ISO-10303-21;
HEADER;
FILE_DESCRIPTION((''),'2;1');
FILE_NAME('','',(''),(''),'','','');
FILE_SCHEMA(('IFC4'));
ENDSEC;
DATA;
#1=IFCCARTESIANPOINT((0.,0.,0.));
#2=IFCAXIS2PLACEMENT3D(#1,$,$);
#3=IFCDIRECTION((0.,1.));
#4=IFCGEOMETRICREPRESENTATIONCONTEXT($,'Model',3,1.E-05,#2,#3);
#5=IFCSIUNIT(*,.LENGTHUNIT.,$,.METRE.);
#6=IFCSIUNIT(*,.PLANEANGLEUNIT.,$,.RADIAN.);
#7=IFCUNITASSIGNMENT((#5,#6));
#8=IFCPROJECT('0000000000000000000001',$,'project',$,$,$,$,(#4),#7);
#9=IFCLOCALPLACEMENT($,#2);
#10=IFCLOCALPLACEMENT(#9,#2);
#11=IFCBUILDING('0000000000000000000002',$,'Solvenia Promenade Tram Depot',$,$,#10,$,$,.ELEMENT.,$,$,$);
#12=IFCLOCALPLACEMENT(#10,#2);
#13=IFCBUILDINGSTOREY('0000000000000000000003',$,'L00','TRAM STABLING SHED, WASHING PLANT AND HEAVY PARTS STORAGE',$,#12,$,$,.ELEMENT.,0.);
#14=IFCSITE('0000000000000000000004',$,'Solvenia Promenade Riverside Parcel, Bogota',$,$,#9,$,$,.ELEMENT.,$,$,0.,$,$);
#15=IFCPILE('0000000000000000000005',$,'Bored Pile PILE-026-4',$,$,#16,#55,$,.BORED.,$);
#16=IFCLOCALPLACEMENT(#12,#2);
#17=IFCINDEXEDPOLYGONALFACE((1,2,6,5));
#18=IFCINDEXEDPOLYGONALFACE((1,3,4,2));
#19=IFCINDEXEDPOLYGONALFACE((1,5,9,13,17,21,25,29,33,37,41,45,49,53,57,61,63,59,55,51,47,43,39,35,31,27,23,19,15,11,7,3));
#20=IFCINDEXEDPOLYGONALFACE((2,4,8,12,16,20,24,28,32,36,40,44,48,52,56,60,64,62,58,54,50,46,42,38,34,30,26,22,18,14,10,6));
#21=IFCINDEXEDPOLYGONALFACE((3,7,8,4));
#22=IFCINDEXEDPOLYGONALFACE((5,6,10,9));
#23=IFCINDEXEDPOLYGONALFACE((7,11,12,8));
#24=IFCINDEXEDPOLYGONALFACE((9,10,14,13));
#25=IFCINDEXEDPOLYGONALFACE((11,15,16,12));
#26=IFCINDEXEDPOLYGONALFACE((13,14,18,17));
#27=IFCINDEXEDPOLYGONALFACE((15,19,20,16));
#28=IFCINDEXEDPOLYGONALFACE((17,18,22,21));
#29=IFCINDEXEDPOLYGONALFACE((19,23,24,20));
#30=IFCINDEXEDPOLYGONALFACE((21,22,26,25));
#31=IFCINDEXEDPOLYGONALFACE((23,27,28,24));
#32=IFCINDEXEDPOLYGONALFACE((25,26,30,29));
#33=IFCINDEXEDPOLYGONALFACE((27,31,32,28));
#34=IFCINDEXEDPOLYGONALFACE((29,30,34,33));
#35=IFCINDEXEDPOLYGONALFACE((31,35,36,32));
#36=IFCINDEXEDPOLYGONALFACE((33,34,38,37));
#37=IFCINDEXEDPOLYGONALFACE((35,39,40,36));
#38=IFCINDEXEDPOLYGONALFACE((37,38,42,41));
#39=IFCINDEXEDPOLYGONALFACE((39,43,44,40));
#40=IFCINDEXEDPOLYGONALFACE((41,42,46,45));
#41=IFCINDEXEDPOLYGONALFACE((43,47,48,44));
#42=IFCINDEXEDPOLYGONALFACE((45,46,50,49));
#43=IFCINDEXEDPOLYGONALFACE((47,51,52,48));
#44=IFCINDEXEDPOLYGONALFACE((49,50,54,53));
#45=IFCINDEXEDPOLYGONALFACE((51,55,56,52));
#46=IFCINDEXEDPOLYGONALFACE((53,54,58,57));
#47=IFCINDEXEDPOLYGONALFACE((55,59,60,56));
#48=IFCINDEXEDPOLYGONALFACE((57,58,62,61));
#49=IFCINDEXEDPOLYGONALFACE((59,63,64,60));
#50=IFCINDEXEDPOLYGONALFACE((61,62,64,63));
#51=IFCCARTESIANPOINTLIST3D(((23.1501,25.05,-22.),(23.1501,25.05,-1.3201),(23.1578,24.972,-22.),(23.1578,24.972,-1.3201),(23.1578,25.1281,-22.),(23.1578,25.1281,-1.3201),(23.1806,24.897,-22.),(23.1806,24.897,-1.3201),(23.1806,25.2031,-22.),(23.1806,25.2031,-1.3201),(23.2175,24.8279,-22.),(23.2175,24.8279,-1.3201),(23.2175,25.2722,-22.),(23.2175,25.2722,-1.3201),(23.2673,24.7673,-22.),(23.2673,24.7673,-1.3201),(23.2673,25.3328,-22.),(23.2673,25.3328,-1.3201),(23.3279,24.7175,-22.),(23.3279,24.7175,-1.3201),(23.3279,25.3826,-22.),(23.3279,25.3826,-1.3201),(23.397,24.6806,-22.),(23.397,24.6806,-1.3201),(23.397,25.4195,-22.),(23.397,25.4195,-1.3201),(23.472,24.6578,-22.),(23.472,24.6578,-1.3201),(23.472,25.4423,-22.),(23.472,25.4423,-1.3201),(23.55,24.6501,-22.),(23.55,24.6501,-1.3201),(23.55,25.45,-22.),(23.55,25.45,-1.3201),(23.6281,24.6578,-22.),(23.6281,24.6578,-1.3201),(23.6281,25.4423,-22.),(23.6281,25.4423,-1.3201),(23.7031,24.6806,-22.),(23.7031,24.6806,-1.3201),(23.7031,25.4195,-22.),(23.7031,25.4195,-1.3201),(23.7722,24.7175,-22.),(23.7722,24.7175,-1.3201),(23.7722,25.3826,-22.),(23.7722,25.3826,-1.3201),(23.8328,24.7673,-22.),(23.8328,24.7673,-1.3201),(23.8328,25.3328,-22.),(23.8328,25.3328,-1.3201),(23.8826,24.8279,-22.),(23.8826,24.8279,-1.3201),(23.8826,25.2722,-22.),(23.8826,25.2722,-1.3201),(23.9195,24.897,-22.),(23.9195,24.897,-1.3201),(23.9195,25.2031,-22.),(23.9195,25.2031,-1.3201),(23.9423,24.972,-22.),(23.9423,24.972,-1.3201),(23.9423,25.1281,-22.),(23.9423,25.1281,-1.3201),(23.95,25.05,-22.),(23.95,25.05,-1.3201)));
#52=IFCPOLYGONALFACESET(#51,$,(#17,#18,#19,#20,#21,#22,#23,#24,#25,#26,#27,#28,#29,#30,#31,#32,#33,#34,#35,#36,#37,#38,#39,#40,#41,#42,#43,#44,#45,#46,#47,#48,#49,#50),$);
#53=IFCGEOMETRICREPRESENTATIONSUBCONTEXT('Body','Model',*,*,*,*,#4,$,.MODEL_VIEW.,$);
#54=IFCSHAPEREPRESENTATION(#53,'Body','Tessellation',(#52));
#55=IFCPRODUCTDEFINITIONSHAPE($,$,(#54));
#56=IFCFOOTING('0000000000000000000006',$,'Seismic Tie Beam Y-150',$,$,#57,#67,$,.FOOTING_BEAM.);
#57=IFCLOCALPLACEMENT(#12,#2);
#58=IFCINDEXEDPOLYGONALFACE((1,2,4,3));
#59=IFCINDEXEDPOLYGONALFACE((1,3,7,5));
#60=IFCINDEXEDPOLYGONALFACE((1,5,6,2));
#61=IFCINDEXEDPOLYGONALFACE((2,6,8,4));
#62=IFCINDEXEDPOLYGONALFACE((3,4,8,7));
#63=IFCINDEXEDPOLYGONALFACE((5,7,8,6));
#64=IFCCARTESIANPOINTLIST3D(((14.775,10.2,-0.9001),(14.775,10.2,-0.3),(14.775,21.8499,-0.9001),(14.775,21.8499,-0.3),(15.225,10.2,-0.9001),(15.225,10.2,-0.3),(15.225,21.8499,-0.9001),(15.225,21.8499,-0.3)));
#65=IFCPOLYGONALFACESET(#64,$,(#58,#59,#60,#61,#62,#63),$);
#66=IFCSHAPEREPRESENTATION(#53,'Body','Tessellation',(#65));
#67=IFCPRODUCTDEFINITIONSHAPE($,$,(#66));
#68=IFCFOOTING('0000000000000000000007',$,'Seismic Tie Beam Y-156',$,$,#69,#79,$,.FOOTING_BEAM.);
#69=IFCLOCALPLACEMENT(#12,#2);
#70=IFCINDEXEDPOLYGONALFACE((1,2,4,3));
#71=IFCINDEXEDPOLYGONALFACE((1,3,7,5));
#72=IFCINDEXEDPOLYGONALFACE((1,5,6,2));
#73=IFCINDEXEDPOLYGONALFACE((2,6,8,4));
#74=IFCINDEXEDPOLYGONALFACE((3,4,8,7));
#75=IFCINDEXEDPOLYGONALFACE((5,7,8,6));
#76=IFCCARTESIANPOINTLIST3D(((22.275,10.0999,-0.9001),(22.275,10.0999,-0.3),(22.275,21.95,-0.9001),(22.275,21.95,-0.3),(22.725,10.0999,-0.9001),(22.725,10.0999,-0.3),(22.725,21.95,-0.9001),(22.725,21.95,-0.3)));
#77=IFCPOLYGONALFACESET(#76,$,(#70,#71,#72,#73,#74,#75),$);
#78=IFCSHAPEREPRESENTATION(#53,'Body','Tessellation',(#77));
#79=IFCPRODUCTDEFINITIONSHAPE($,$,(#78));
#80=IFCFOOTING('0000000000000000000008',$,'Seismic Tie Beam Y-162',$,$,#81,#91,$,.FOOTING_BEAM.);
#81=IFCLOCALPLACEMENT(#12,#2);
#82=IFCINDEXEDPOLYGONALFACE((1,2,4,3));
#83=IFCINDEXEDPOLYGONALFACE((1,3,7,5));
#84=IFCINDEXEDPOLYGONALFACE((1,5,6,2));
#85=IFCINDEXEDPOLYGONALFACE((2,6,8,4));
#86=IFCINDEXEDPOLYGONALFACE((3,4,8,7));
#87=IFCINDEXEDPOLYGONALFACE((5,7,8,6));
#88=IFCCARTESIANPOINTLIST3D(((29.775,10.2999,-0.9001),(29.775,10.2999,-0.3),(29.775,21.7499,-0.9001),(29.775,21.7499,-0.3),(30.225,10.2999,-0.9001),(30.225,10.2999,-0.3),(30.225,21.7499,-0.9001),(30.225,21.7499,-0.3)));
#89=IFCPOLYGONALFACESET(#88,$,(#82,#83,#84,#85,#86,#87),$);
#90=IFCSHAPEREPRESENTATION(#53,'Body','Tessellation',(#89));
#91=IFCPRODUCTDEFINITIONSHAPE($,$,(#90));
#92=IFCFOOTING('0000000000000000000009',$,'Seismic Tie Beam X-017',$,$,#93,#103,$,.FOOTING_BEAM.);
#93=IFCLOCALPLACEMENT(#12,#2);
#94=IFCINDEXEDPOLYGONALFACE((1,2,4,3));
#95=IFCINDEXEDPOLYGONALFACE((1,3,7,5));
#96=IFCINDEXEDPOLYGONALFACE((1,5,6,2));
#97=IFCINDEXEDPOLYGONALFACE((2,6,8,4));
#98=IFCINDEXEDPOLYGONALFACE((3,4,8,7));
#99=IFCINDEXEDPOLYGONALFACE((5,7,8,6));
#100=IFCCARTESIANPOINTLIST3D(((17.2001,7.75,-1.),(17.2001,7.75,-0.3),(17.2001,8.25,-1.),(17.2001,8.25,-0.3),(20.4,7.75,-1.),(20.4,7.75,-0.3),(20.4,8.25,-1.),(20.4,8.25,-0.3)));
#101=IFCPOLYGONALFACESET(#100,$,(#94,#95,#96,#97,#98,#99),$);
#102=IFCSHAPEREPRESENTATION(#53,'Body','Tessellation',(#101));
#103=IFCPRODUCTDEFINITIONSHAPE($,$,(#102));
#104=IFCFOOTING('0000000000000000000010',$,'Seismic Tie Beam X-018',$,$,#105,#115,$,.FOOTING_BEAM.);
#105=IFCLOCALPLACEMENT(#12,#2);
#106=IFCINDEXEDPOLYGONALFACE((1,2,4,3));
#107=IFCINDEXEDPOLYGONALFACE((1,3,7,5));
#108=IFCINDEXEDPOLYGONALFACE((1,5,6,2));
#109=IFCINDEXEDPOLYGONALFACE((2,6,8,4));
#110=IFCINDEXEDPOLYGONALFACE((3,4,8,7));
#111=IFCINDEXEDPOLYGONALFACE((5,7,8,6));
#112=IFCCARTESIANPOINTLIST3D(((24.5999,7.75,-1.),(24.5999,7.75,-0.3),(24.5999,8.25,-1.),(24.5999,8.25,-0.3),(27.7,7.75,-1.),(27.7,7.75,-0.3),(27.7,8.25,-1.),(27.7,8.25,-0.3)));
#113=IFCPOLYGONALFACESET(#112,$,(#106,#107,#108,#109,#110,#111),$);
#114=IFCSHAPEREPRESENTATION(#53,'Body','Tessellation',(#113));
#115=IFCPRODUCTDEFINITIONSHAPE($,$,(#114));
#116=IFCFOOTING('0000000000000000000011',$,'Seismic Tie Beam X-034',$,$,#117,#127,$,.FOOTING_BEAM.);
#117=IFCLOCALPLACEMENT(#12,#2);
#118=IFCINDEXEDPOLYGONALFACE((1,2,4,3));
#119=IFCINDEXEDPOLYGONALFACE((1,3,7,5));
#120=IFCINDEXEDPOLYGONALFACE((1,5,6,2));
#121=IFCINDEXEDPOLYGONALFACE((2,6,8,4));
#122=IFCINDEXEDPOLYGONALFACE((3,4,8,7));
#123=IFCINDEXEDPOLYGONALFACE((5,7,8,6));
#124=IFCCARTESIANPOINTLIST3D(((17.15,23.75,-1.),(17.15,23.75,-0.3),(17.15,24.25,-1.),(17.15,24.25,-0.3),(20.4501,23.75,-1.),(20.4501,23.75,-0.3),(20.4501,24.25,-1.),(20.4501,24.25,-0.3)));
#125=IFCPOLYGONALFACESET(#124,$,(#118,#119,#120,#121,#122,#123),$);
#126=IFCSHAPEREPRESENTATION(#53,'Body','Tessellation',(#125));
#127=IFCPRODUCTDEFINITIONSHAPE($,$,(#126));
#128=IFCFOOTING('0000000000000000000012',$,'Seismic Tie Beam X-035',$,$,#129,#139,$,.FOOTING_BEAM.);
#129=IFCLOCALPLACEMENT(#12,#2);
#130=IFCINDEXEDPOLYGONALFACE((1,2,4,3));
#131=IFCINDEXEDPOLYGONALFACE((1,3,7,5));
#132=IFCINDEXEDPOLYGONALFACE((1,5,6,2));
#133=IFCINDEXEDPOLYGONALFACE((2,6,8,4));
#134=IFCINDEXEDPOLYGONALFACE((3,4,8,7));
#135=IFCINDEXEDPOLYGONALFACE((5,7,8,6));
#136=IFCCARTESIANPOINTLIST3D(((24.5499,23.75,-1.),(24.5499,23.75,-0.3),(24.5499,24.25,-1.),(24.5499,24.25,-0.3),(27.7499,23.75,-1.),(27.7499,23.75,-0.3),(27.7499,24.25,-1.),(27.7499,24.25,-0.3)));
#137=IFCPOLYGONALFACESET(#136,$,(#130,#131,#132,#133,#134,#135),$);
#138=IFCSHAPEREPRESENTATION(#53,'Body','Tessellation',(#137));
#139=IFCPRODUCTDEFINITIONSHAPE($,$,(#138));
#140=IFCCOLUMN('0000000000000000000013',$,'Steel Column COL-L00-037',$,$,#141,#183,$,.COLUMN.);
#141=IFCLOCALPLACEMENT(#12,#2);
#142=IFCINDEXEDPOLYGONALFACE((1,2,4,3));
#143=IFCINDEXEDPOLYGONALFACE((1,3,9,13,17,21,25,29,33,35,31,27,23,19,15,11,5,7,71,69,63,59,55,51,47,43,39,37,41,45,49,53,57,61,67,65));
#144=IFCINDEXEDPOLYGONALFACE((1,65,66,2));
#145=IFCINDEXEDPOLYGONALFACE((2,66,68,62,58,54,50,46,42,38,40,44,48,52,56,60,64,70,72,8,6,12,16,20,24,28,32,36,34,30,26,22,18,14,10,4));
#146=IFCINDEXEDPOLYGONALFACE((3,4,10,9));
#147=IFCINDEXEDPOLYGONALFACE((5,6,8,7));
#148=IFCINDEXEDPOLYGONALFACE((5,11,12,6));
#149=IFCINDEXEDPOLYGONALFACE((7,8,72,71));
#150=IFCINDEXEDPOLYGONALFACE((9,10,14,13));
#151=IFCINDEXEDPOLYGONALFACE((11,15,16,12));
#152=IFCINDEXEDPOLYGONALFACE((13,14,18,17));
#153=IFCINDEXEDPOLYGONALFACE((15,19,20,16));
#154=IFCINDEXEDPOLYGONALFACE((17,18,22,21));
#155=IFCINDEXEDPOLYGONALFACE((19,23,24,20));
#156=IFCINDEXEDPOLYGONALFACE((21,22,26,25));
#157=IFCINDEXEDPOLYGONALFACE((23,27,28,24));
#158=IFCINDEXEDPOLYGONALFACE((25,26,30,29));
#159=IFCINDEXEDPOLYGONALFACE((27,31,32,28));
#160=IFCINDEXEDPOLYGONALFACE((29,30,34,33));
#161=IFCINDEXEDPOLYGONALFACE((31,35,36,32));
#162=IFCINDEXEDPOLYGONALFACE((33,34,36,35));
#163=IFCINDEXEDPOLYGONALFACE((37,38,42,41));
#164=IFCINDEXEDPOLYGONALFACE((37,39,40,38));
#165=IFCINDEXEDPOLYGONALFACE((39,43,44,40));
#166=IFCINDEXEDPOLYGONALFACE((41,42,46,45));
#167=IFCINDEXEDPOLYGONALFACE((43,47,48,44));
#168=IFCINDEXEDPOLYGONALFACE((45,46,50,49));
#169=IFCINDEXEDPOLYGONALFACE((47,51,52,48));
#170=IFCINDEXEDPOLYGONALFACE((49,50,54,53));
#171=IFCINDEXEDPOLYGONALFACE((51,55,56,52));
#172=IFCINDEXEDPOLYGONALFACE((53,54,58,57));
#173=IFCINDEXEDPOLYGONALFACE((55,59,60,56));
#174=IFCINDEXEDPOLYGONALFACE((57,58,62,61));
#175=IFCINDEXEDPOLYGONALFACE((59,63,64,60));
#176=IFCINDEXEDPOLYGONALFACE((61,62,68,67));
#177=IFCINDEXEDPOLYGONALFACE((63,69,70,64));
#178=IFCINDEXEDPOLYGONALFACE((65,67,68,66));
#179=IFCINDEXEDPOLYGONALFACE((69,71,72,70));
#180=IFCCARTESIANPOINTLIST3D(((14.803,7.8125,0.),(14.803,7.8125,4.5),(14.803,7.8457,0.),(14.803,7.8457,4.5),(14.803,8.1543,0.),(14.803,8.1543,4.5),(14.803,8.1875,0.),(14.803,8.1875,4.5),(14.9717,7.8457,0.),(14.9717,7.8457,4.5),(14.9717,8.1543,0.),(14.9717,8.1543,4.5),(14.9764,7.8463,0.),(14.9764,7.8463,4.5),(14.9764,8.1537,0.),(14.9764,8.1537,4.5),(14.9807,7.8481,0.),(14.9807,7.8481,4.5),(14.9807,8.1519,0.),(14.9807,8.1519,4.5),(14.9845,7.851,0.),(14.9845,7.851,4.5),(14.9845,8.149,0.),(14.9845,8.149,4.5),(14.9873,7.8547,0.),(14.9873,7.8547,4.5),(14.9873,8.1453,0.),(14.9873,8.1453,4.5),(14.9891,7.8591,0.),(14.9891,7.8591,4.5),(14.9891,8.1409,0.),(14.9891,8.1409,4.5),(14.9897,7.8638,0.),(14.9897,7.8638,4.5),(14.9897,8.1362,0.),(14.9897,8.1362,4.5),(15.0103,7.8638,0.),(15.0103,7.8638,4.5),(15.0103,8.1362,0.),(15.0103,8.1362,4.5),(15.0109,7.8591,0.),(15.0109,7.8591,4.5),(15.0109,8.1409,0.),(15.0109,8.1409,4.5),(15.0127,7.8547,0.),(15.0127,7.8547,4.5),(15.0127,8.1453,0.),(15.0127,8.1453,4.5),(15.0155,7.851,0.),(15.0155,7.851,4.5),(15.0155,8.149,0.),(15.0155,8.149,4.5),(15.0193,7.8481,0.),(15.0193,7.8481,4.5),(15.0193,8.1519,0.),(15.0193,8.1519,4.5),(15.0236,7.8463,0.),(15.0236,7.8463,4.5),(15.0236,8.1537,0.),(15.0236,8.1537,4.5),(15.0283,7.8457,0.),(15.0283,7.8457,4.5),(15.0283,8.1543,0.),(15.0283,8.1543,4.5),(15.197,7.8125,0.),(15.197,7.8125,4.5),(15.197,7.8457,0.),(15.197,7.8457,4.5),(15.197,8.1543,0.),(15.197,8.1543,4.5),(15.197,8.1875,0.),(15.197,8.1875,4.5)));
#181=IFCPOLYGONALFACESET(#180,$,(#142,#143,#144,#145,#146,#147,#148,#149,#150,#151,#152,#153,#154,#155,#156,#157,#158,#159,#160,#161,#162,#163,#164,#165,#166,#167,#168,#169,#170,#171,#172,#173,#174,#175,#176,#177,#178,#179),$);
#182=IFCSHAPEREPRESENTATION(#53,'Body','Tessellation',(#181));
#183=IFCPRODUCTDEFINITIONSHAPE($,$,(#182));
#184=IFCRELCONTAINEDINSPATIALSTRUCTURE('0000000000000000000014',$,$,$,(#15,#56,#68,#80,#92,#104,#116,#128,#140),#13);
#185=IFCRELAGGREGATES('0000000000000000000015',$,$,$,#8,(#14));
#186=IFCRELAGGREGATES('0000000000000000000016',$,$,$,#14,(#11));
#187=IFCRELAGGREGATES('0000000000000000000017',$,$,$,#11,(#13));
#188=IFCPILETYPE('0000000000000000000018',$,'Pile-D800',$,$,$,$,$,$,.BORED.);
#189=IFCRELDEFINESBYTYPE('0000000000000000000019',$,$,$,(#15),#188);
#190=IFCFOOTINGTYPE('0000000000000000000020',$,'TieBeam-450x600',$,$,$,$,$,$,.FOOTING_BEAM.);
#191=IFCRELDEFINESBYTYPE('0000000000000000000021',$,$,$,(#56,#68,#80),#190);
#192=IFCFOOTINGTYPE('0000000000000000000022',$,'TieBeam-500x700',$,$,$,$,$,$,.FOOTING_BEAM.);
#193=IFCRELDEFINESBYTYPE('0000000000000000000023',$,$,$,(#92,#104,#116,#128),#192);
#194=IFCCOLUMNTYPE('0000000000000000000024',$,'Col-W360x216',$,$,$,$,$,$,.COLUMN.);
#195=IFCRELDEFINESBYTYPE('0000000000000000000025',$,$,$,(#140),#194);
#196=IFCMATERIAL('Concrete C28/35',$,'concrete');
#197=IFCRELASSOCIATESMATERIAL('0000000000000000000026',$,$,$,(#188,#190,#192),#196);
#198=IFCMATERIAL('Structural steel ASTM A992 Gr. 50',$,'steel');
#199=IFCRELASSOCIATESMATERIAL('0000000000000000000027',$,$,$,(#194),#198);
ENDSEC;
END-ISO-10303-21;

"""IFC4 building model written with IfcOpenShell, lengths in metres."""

from ifc_helpers import new_model, si_unit, direction, frame, origin, origin_2d, place, context, subcontext, project, spatial, rectangle, circle, i_section, extrude, material, material_profile, profile_set, type_object, element, save


model = new_model("IFC4")

# Units and contexts
model_context = context("Model", 3, precision=1e-05, world=origin(), true_north=direction((0.0, 1.0)))
body_context = subcontext(model_context, "Body", "Model", "MODEL_VIEW")
ifc_project = project(units=[si_unit("LENGTHUNIT", "METRE"), si_unit("PLANEANGLEUNIT", "RADIAN")], contexts=[model_context])

# Site, building, storey
site_placement = place(None, origin())
site = spatial("IfcSite", under=ifc_project, at=site_placement, Name="Solvenia Promenade Riverside Parcel, Bogota", CompositionType="ELEMENT", RefElevation=0.0)
building_placement = place(site_placement, origin())
building = spatial("IfcBuilding", under=site, at=building_placement, Name="Solvenia Promenade Tram Depot", CompositionType="ELEMENT")
storey_placement = place(building_placement, origin())
storey = spatial("IfcBuildingStorey", under=building, at=storey_placement, Name="L00", Description="TRAM STABLING SHED, WASHING PLANT AND HEAVY PARTS STORAGE", CompositionType="ELEMENT", Elevation=0.0)

# Shared definitions
ifc_material_1 = material(Name="Concrete C28/35", Category="concrete")

# Pile
ifc_material_profile_1 = material_profile(ifc_material_1, circle(Radius=0.3999, at=origin_2d()), Name="D800", Category="concrete")
ifc_profile_set_1 = profile_set([ifc_material_profile_1], Name="Concrete C28/35")
pile_type_1 = type_object("IfcPileType", Name="Pile-D800", PredefinedType="BORED", material=ifc_profile_set_1)
for number, where, z_axis, x_axis, name in (
    (1, (23.55, 25.05, -1.3201), (0.0, 0.0, -1.0), (1.0, 0.0, 0.0), "Bored Pile PILE-026-4"),
):
    element("IfcPile", number, at=place(storey_placement, frame(where, z_axis=z_axis, x_axis=x_axis)), inside=storey, type_object=pile_type_1, Name=name, PredefinedType="BORED", context=body_context, shape_type="SweptSolid", body=[
        extrude(circle(Radius=0.3999, at=origin_2d()), origin(), (0.0, 0.0, 1.0), 20.6799),
    ])

# Footings
footing_type_1 = type_object("IfcFootingType", Name="TieBeam-450x600", PredefinedType="FOOTING_BEAM", material=ifc_material_1)
footing_1_placement = place(storey_placement, frame((15.0, 16.0249, -0.9001), z_axis=(0.0, 0.0, 1.0), x_axis=(1.0, 0.0, 0.0)))
element("IfcFooting", 2, at=footing_1_placement, inside=storey, type_object=footing_type_1, Name="Seismic Tie Beam Y-150", PredefinedType="FOOTING_BEAM", context=body_context, shape_type="SweptSolid", body=[
    extrude(rectangle(XDim=0.45, YDim=11.6499, at=origin_2d()), origin(), (0.0, 0.0, 1.0), 0.6001),
])
footing_2_placement = place(storey_placement, frame((22.5, 16.0249, -0.9001), z_axis=(0.0, 0.0, 1.0), x_axis=(1.0, 0.0, 0.0)))
element("IfcFooting", 3, at=footing_2_placement, inside=storey, type_object=footing_type_1, Name="Seismic Tie Beam Y-156", PredefinedType="FOOTING_BEAM", context=body_context, shape_type="SweptSolid", body=[
    extrude(rectangle(XDim=0.45, YDim=11.8501, at=origin_2d()), origin(), (0.0, 0.0, 1.0), 0.6001),
])
footing_3_placement = place(storey_placement, frame((30.0, 16.0249, -0.9001), z_axis=(0.0, 0.0, 1.0), x_axis=(1.0, 0.0, 0.0)))
element("IfcFooting", 4, at=footing_3_placement, inside=storey, type_object=footing_type_1, Name="Seismic Tie Beam Y-162", PredefinedType="FOOTING_BEAM", context=body_context, shape_type="SweptSolid", body=[
    extrude(rectangle(XDim=0.45, YDim=11.45, at=origin_2d()), origin(), (0.0, 0.0, 1.0), 0.6001),
])
footing_type_2 = type_object("IfcFootingType", Name="TieBeam-500x700", PredefinedType="FOOTING_BEAM", material=ifc_material_1)
footing_4_placement = place(storey_placement, frame((18.8, 8.0, -1.0), z_axis=(0.0, 0.0, 1.0), x_axis=(1.0, 0.0, 0.0)))
element("IfcFooting", 5, at=footing_4_placement, inside=storey, type_object=footing_type_2, Name="Seismic Tie Beam X-017", PredefinedType="FOOTING_BEAM", context=body_context, shape_type="SweptSolid", body=[
    extrude(rectangle(XDim=3.2, YDim=0.5, at=origin_2d()), origin(), (0.0, 0.0, 1.0), 0.7),
])
footing_5_placement = place(storey_placement, frame((26.1499, 8.0, -1.0), z_axis=(0.0, 0.0, 1.0), x_axis=(1.0, 0.0, 0.0)))
element("IfcFooting", 6, at=footing_5_placement, inside=storey, type_object=footing_type_2, Name="Seismic Tie Beam X-018", PredefinedType="FOOTING_BEAM", context=body_context, shape_type="SweptSolid", body=[
    extrude(rectangle(XDim=3.1001, YDim=0.5, at=origin_2d()), origin(), (0.0, 0.0, 1.0), 0.7),
])
footing_6_placement = place(storey_placement, frame((18.8, 24.0, -1.0), z_axis=(0.0, 0.0, 1.0), x_axis=(1.0, 0.0, 0.0)))
element("IfcFooting", 7, at=footing_6_placement, inside=storey, type_object=footing_type_2, Name="Seismic Tie Beam X-034", PredefinedType="FOOTING_BEAM", context=body_context, shape_type="SweptSolid", body=[
    extrude(rectangle(XDim=3.3, YDim=0.5, at=origin_2d()), origin(), (0.0, 0.0, 1.0), 0.7),
])
footing_7_placement = place(storey_placement, frame((26.1499, 24.0, -1.0), z_axis=(0.0, 0.0, 1.0), x_axis=(1.0, 0.0, 0.0)))
element("IfcFooting", 8, at=footing_7_placement, inside=storey, type_object=footing_type_2, Name="Seismic Tie Beam X-035", PredefinedType="FOOTING_BEAM", context=body_context, shape_type="SweptSolid", body=[
    extrude(rectangle(XDim=3.2, YDim=0.5, at=origin_2d()), origin(), (0.0, 0.0, 1.0), 0.7),
])

# Column
ifc_material_2 = material(Name="Structural steel ASTM A992 Gr. 50", Category="steel")
ifc_material_profile_2 = material_profile(ifc_material_2, i_section(OverallWidth=0.394, OverallDepth=0.375, WebThickness=0.0205, FlangeThickness=0.0332, FilletRadius=0.0181, at=origin_2d()), Name="W360x216", Category="steel")
ifc_profile_set_2 = profile_set([ifc_material_profile_2], Name="Structural steel ASTM A992 Gr. 50")
column_type = type_object("IfcColumnType", Name="Col-W360x216", PredefinedType="COLUMN", material=ifc_profile_set_2)
for number, where, z_axis, x_axis, name in (
    (9, (15.0, 8.0, 0.0), (0.0, 0.0, 1.0), (1.0, 0.0, 0.0), "Steel Column COL-L00-037"),
):
    element("IfcColumn", number, at=place(storey_placement, frame(where, z_axis=z_axis, x_axis=x_axis)), inside=storey, type_object=column_type, Name=name, PredefinedType="COLUMN", context=body_context, shape_type="SweptSolid", body=[
        extrude(i_section(OverallWidth=0.394, OverallDepth=0.375, WebThickness=0.0205, FlangeThickness=0.0332, FilletRadius=0.0181, at=origin_2d()), origin(), (0.0, 0.0, 1.0), 4.5),
    ])

save(model, "model.ifc")
